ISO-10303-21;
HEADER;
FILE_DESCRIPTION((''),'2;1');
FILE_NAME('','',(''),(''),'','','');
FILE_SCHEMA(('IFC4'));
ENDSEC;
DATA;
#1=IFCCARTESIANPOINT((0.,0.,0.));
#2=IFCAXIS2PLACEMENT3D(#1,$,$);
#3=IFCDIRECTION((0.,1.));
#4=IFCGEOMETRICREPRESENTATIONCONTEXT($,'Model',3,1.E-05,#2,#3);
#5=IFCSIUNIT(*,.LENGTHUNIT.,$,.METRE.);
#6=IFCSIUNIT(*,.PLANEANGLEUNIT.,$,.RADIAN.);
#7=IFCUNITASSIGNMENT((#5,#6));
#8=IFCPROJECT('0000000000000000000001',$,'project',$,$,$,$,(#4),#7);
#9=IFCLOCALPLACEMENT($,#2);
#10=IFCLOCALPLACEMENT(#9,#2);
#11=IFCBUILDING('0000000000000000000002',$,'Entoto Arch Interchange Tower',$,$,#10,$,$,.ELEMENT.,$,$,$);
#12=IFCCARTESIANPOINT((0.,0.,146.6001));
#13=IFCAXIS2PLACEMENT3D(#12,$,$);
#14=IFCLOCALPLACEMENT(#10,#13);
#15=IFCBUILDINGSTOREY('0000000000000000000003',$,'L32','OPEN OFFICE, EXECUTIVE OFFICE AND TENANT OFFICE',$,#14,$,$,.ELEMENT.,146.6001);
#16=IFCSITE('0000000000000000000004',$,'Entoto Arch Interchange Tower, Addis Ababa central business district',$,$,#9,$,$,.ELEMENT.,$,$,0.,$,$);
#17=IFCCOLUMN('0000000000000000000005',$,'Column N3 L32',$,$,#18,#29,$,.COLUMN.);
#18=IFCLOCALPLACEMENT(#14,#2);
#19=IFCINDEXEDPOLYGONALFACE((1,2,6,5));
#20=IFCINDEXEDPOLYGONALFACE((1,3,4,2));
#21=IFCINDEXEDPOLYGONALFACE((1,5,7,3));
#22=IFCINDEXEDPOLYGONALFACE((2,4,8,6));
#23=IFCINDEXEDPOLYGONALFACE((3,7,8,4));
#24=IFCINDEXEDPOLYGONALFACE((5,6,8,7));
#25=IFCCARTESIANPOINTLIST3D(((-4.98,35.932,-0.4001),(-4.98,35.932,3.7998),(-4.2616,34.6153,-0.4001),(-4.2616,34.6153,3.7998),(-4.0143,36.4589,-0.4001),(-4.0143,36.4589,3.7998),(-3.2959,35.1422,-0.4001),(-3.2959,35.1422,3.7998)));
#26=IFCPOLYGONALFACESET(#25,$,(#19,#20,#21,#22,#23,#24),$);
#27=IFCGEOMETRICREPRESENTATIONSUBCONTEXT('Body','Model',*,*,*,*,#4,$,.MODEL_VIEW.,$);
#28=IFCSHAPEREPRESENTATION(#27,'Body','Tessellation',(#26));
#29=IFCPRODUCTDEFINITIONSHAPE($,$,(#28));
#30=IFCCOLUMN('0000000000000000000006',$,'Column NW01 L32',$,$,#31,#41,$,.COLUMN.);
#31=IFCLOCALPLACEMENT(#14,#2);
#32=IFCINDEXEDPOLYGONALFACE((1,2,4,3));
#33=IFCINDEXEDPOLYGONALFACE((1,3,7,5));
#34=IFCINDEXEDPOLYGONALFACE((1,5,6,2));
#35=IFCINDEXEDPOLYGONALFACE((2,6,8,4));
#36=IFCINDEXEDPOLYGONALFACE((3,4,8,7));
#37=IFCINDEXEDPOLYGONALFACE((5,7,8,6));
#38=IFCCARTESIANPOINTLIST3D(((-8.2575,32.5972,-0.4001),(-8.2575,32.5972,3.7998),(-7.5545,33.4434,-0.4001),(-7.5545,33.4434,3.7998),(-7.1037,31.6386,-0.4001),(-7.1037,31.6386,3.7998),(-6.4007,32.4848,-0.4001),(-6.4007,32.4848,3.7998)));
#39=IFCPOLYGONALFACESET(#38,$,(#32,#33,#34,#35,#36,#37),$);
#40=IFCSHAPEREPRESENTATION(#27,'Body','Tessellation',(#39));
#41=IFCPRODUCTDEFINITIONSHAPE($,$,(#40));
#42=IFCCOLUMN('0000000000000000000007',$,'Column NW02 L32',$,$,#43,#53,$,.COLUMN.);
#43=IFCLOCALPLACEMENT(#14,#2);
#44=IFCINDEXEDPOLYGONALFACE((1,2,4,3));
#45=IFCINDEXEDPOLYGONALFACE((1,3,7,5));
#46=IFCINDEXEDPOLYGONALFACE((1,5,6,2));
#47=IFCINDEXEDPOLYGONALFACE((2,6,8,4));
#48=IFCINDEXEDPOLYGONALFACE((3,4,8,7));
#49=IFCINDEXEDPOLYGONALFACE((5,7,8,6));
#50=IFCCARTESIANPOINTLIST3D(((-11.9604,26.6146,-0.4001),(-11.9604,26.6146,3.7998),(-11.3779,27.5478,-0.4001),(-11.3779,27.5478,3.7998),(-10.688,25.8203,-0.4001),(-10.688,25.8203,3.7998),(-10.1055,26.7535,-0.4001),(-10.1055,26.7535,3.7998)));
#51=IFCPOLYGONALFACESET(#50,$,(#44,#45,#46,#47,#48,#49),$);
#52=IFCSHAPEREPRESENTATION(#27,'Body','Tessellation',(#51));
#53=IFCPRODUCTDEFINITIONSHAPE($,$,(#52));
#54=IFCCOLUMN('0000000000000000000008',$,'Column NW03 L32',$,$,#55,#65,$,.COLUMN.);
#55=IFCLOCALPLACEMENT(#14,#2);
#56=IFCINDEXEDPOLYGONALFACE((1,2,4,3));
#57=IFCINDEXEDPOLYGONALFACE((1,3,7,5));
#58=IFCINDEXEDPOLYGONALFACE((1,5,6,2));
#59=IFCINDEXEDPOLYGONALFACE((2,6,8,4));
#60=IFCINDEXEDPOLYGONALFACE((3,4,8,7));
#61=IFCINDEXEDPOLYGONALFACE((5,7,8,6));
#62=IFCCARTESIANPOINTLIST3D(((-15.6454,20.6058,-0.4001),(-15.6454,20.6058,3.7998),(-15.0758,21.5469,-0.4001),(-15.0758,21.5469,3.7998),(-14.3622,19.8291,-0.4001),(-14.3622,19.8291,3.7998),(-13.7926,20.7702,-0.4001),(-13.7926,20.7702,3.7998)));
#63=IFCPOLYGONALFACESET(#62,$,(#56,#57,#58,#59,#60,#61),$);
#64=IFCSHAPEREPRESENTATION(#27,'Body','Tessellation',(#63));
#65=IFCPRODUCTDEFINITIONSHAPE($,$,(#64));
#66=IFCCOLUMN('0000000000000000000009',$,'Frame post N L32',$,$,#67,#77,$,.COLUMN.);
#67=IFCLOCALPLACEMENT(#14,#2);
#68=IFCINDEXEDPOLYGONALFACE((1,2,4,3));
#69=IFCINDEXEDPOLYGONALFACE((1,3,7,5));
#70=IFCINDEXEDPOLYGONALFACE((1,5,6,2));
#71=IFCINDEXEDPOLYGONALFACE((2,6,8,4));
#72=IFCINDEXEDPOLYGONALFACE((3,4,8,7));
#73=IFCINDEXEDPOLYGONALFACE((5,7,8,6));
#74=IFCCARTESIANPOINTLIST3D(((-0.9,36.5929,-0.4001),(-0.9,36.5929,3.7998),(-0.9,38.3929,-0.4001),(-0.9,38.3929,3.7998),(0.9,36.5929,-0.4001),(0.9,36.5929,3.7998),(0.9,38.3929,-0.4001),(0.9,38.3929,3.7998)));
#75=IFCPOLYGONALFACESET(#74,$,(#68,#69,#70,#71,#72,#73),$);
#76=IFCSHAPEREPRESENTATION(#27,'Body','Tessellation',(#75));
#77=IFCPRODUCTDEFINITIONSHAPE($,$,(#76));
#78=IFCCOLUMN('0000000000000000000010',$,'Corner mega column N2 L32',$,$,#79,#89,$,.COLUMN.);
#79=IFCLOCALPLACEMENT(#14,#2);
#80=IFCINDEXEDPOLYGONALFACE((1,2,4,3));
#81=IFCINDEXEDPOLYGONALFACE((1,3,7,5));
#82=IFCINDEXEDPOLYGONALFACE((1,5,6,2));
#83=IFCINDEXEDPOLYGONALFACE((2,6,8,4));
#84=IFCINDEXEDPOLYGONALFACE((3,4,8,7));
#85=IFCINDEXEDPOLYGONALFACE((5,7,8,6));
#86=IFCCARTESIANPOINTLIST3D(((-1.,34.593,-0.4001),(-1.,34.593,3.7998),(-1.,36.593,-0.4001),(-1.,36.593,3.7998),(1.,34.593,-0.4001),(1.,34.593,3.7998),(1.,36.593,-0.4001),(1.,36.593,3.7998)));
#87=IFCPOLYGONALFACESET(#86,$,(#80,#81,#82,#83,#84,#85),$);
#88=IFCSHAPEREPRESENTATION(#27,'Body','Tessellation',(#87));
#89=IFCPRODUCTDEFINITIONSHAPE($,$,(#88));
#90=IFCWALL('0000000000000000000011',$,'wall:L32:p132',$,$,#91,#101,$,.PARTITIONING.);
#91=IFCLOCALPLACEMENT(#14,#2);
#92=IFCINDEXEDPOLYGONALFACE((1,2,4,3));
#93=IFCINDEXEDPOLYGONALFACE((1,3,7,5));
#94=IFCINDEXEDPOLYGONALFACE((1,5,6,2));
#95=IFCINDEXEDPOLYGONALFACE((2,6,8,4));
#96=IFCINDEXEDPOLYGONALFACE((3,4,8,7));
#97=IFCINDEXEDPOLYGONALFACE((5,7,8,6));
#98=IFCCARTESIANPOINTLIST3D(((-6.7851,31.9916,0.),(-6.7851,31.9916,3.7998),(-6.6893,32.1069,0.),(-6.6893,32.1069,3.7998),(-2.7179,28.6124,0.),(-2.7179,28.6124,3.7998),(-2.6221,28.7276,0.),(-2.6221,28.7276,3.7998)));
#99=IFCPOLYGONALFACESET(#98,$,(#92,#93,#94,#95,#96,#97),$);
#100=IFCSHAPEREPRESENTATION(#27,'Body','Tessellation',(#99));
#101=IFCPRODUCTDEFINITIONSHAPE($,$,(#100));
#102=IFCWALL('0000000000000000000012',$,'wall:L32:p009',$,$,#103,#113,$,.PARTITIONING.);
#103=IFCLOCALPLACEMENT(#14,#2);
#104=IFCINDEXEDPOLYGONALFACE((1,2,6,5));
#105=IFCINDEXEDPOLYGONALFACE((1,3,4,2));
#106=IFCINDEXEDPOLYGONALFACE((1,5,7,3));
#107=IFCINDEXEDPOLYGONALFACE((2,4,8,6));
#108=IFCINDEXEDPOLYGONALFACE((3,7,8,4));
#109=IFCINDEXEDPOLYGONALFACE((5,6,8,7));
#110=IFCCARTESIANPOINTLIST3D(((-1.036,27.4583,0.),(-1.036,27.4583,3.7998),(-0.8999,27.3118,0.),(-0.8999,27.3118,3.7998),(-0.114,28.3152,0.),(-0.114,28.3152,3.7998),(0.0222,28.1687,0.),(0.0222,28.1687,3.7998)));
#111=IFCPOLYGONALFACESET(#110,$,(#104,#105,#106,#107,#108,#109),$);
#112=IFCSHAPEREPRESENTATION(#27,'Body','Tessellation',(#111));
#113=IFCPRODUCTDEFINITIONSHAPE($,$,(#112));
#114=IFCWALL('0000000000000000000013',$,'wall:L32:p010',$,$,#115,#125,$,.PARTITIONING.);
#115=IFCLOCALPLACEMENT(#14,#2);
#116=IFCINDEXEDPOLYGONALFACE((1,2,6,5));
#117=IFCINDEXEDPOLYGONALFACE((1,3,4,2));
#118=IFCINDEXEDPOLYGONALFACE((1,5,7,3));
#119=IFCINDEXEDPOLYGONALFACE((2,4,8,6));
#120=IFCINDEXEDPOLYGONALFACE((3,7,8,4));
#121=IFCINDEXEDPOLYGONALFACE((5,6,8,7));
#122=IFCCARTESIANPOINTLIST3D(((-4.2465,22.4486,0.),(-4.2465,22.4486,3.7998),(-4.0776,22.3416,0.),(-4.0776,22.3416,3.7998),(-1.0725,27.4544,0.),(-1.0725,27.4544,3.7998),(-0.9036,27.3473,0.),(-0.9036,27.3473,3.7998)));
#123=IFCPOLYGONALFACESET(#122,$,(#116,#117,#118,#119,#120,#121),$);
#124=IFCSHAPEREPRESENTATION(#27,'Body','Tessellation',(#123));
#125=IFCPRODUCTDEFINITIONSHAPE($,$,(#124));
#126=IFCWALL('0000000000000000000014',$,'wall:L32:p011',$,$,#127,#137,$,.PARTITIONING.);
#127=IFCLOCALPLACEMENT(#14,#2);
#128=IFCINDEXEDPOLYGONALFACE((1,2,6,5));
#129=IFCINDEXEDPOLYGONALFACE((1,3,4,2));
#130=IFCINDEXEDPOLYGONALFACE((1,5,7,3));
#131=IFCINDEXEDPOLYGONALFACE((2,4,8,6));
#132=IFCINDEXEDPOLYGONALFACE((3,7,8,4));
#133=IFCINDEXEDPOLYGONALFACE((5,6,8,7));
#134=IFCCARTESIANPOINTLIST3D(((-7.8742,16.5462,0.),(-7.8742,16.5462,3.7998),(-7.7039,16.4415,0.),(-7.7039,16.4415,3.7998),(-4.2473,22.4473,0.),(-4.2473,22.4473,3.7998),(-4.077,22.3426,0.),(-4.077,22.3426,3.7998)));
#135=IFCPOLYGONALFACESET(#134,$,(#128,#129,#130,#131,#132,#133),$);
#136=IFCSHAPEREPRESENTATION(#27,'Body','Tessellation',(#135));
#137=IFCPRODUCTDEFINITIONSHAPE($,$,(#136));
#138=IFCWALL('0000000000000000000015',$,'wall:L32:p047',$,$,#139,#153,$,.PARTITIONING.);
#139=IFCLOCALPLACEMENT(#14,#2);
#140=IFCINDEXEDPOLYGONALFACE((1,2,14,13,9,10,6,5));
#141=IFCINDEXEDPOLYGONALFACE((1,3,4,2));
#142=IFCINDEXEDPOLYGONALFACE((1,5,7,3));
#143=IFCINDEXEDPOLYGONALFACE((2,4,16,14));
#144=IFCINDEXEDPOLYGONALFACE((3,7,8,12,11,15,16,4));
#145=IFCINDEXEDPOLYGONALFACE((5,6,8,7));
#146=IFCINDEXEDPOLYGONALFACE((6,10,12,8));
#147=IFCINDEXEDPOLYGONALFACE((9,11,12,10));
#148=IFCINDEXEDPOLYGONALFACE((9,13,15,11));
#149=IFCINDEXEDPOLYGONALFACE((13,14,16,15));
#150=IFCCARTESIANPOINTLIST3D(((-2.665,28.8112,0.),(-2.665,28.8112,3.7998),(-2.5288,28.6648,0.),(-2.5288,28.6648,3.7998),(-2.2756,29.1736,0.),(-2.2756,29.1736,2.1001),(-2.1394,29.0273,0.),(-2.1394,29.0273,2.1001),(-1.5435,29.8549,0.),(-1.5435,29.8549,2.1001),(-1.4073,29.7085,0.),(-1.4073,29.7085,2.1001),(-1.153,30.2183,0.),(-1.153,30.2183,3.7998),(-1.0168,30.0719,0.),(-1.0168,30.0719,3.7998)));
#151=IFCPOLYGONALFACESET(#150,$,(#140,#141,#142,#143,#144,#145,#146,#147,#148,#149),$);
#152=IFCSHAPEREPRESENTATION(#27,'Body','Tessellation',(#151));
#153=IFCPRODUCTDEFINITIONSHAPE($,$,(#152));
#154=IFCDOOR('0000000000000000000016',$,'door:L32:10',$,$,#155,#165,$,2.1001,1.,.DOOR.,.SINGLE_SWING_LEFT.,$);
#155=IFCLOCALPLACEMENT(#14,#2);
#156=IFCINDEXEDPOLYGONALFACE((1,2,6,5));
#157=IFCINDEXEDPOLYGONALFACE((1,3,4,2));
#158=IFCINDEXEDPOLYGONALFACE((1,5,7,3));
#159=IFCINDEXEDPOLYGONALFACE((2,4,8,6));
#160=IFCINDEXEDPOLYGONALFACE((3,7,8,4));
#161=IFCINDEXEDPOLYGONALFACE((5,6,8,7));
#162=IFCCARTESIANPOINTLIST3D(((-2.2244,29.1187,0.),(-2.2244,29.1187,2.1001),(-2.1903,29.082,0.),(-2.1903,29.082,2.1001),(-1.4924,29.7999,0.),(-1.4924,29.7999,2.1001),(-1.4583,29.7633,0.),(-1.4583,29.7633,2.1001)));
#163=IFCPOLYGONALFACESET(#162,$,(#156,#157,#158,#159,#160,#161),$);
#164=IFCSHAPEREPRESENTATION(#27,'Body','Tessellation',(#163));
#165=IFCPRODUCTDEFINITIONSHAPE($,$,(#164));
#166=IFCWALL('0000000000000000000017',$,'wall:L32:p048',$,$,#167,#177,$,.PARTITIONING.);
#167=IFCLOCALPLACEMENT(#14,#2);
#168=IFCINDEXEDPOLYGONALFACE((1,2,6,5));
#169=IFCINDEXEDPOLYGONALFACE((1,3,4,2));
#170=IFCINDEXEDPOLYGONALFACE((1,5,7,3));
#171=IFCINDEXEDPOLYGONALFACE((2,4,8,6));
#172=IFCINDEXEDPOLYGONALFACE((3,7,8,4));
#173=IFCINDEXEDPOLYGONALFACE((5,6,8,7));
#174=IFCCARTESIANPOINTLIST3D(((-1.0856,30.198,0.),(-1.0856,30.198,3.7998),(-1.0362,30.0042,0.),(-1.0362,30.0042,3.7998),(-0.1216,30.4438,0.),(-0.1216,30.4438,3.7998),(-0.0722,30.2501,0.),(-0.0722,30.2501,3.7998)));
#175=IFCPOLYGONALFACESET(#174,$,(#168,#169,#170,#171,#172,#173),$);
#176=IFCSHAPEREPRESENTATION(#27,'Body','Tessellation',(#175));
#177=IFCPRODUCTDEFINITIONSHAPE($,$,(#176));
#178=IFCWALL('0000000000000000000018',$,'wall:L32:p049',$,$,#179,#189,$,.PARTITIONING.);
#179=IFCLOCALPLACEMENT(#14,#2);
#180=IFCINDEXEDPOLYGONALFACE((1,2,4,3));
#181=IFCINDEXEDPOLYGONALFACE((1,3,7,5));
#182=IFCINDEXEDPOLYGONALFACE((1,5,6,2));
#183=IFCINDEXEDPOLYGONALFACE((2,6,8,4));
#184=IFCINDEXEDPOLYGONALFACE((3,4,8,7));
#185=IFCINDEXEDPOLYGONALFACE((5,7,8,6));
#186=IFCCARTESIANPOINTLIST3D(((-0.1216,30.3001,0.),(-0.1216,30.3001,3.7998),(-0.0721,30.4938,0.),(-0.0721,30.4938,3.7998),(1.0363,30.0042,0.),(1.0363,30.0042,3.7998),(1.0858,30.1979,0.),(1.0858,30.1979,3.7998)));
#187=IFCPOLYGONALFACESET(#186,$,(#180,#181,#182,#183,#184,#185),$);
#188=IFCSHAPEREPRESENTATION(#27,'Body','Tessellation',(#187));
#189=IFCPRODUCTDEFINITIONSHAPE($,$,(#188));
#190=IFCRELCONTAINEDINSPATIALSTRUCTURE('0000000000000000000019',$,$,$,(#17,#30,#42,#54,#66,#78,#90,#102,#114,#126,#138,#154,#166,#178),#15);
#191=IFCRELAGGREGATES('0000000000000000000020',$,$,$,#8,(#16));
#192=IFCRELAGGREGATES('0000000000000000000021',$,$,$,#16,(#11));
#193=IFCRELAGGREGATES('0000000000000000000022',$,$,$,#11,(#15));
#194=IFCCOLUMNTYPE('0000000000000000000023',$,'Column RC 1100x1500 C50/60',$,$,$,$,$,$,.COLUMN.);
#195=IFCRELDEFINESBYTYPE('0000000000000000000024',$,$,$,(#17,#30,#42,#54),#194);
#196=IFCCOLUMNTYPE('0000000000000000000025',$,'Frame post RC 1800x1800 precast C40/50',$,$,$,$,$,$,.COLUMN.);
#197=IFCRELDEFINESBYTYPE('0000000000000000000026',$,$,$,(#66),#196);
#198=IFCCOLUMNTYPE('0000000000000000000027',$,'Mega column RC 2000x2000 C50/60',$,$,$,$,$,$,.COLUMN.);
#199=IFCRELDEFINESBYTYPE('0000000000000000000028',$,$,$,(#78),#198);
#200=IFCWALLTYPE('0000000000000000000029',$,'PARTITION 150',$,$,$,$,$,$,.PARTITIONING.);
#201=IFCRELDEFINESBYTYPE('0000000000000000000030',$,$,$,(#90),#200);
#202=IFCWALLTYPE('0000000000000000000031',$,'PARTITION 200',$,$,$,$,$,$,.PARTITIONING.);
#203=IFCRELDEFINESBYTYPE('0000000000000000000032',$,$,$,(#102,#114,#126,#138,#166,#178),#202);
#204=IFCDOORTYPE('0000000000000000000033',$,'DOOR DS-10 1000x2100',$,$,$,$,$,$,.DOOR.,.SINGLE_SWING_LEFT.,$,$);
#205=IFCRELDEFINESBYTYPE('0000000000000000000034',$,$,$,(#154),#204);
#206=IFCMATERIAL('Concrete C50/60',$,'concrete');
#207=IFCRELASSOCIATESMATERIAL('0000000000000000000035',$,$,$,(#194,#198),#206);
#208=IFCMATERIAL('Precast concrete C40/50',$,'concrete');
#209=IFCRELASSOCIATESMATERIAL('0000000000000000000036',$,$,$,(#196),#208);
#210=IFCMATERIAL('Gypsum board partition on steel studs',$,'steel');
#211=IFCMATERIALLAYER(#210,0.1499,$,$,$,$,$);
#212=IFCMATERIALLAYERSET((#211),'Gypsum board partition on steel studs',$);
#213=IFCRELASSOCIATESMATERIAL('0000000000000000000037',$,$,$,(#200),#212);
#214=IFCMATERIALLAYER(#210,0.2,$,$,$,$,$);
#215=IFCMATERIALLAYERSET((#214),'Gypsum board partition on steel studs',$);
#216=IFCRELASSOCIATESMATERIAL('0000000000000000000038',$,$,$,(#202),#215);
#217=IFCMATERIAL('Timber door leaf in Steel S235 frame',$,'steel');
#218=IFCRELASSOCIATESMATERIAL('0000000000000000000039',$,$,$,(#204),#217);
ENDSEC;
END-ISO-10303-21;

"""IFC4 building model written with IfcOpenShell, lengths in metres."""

from ifc_helpers import new_model, si_unit, direction, frame, frame_2d, origin, origin_2d, place, context, subcontext, project, spatial, rectangle, extrude, material, layer, layer_set, material_profile, profile_set, type_object, element, fill, save


model = new_model("IFC4")

# Units and contexts
model_context = context("Model", 3, precision=1e-05, world=origin(), true_north=direction((0.0, 1.0)))
body_context = subcontext(model_context, "Body", "Model", "MODEL_VIEW")
ifc_project = project(units=[si_unit("LENGTHUNIT", "METRE"), si_unit("PLANEANGLEUNIT", "RADIAN")], contexts=[model_context])

# Site, building, storey
site_placement = place(None, origin())
site = spatial("IfcSite", under=ifc_project, at=site_placement, Name="Entoto Arch Interchange Tower, Addis Ababa central business district", CompositionType="ELEMENT", RefElevation=0.0)
building_placement = place(site_placement, origin())
building = spatial("IfcBuilding", under=site, at=building_placement, Name="Entoto Arch Interchange Tower", CompositionType="ELEMENT")
storey_placement = place(building_placement, frame((0.0, 0.0, 146.6001)))
storey = spatial("IfcBuildingStorey", under=building, at=storey_placement, Name="L32", Description="OPEN OFFICE, EXECUTIVE OFFICE AND TENANT OFFICE", CompositionType="ELEMENT", Elevation=146.6001)

# Columns
ifc_material_1 = material(Name="Concrete C50/60", Category="concrete")
ifc_material_profile_1 = material_profile(ifc_material_1, rectangle(XDim=1.1001, YDim=1.5, at=origin_2d()))
ifc_profile_set_1 = profile_set([ifc_material_profile_1], Name="Concrete C50/60")
column_type_1 = type_object("IfcColumnType", Name="Column RC 1100x1500 C50/60", PredefinedType="COLUMN", material=ifc_profile_set_1)
for number, where, z_axis, x_axis, name in (
    (1, (-4.1379, 35.5371, -0.4001), (0.0, 0.0, 1.0), (0.877833, 0.478968, 0.0), "Column N3 L32"),
    (2, (-7.3291, 32.541, -0.4001), (0.0, 0.0, 1.0), (0.63905, 0.769165, 0.0), "Column NW01 L32"),
    (3, (-11.033, 26.6841, -0.4001), (0.0, 0.0, 1.0), (0.529549, 0.848279, 0.0), "Column NW02 L32"),
    (4, (-14.719, 20.688, -0.4001), (0.0, 0.0, 1.0), (0.517803, 0.8555, 0.0), "Column NW03 L32"),
):
    element("IfcColumn", number, at=place(storey_placement, frame(where, z_axis=z_axis, x_axis=x_axis)), inside=storey, type_object=column_type_1, Name=name, PredefinedType="COLUMN", context=body_context, shape_type="SweptSolid", body=[
        extrude(rectangle(XDim=1.1001, YDim=1.5, at=origin_2d()), origin(), (0.0, 0.0, 1.0), 4.2),
    ])
ifc_material_2 = material(Name="Precast concrete C40/50", Category="concrete")
ifc_material_profile_2 = material_profile(ifc_material_2, rectangle(XDim=1.8, YDim=1.8, at=origin_2d()))
ifc_profile_set_2 = profile_set([ifc_material_profile_2], Name="Precast concrete C40/50")
column_type_2 = type_object("IfcColumnType", Name="Frame post RC 1800x1800 precast C40/50", PredefinedType="COLUMN", material=ifc_profile_set_2)
column_1_placement = place(storey_placement, frame((0.0, 37.4929, -0.4001), z_axis=(0.0, 0.0, 1.0), x_axis=(0.0, 1.0, 0.0)))
element("IfcColumn", 5, at=column_1_placement, inside=storey, type_object=column_type_2, Name="Frame post N L32", PredefinedType="COLUMN", context=body_context, shape_type="SweptSolid", body=[
    extrude(rectangle(XDim=1.8, YDim=1.8, at=origin_2d()), origin(), (0.0, 0.0, 1.0), 4.2),
])
ifc_material_profile_3 = material_profile(ifc_material_1, rectangle(XDim=2.0, YDim=2.0, at=origin_2d()))
ifc_profile_set_3 = profile_set([ifc_material_profile_3], Name="Concrete C50/60")
column_type_3 = type_object("IfcColumnType", Name="Mega column RC 2000x2000 C50/60", PredefinedType="COLUMN", material=ifc_profile_set_3)
column_2_placement = place(storey_placement, frame((0.0, 35.593, -0.4001), z_axis=(0.0, 0.0, 1.0), x_axis=(0.0, 1.0, 0.0)))
element("IfcColumn", 6, at=column_2_placement, inside=storey, type_object=column_type_3, Name="Corner mega column N2 L32", PredefinedType="COLUMN", context=body_context, shape_type="SweptSolid", body=[
    extrude(rectangle(XDim=2.0, YDim=2.0, at=origin_2d()), origin(), (0.0, 0.0, 1.0), 4.2),
])

# Walls
ifc_material_3 = material(Name="Gypsum board partition on steel studs", Category="steel")
ifc_layer_1 = layer(ifc_material_3, 0.1499)
ifc_layer_set_1 = layer_set([ifc_layer_1], Name="Gypsum board partition on steel studs")
wall_type_1 = type_object("IfcWallType", Name="PARTITION 150", PredefinedType="PARTITIONING", material=ifc_layer_set_1)
wall_1_placement = place(storey_placement, frame((-2.6699, 28.6699, 0.0), z_axis=(0.0, 0.0, 1.0), x_axis=(-0.769163, 0.639053, 0.0)))
element("IfcWall", 7, at=wall_1_placement, inside=storey, type_object=wall_type_1, Name="wall:L32:p132", PredefinedType="PARTITIONING", context=body_context, shape_type="SweptSolid", body=[
    extrude(rectangle(XDim=5.2878, YDim=0.1499, at=frame_2d((2.644, 0.0))), origin(), (0.0, 0.0, 1.0), 3.7998),
])
ifc_layer_2 = layer(ifc_material_3, 0.2)
ifc_layer_set_2 = layer_set([ifc_layer_2], Name="Gypsum board partition on steel studs")
wall_type_2 = type_object("IfcWallType", Name="PARTITION 200", PredefinedType="PARTITIONING", material=ifc_layer_set_2)
wall_2_placement = place(storey_placement, frame((-0.0459, 28.2419, 0.0), z_axis=(0.0, 0.0, 1.0), x_axis=(-0.732524, -0.680741, 0.0)))
element("IfcWall", 8, at=wall_2_placement, inside=storey, type_object=wall_type_2, Name="wall:L32:p009", PredefinedType="PARTITIONING", context=body_context, shape_type="SweptSolid", body=[
    extrude(rectangle(XDim=1.2588, YDim=0.2, at=frame_2d((0.6294, 0.0))), origin(), (0.0, 0.0, 1.0), 3.7998),
])
wall_3_placement = place(storey_placement, frame((-0.988, 27.4009, 0.0), z_axis=(0.0, 0.0, 1.0), x_axis=(-0.535497, -0.844537, 0.0)))
element("IfcWall", 9, at=wall_3_placement, inside=storey, type_object=wall_type_2, Name="wall:L32:p010", PredefinedType="PARTITIONING", context=body_context, shape_type="SweptSolid", body=[
    extrude(rectangle(XDim=5.9272, YDim=0.2, at=frame_2d((2.9636, 0.0))), origin(), (0.0, 0.0, 1.0), 3.7998),
])
wall_4_placement = place(storey_placement, frame((-4.1621, 22.395, 0.0), z_axis=(0.0, 0.0, 1.0), x_axis=(-0.523625, -0.851949, 0.0)))
element("IfcWall", 10, at=wall_4_placement, inside=storey, type_object=wall_type_2, Name="wall:L32:p011", PredefinedType="PARTITIONING", context=body_context, shape_type="SweptSolid", body=[
    extrude(rectangle(XDim=6.9265, YDim=0.2, at=frame_2d((3.4634, 0.0))), origin(), (0.0, 0.0, 1.0), 3.7998),
])

# Wall, opening, door
wall_5_placement = place(storey_placement, frame((-2.5969, 28.738, 0.0), z_axis=(0.0, 0.0, 1.0), x_axis=(0.732065, 0.681235, 0.0)))
wall_5 = element("IfcWall", 11, at=wall_5_placement, inside=storey, type_object=wall_type_2, Name="wall:L32:p047", PredefinedType="PARTITIONING", context=body_context, shape_type="SweptSolid", body=[
    extrude(rectangle(XDim=2.0654, YDim=0.2, at=frame_2d((1.0327, 0.0))), origin(), (0.0, 0.0, 1.0), 3.7998),
])
opening_1_placement = place(wall_5_placement, frame((0.532, 0.0, 0.0)))
opening_1 = element("IfcOpeningElement", 12, at=opening_1_placement, cuts=wall_5, PredefinedType="OPENING", context=body_context, shape_type="SweptSolid", body=[
    extrude(rectangle(XDim=1.0, YDim=2.1001, at=frame_2d((0.5, 1.05))), frame((0.0, 0.1099, 0.0), z_axis=(0.0, -1.0, 0.0), x_axis=(1.0, 0.0, 0.0)), (0.0, 0.0, 1.0), 0.22),
])
ifc_material_4 = material(Name="Timber door leaf in Steel S235 frame", Category="steel")
door_type = type_object("IfcDoorType", Name="DOOR DS-10 1000x2100", OperationType="SINGLE_SWING_LEFT", PredefinedType="DOOR", material=ifc_material_4)
door_1_placement = place(opening_1_placement, origin())
door_1 = element("IfcDoor", 13, at=door_1_placement, inside=storey, type_object=door_type, Name="door:L32:10", OperationType="SINGLE_SWING_LEFT", OverallHeight=2.1001, OverallWidth=1.0, PredefinedType="DOOR", context=body_context, shape_type="SweptSolid", body=[
    extrude(rectangle(XDim=1.0, YDim=2.1001, at=frame_2d((0.5, 1.05))), frame((0.0, 0.0249, 0.0), z_axis=(0.0, -1.0, 0.0), x_axis=(1.0, 0.0, 0.0)), (0.0, 0.0, 1.0), 0.05),
])
fill(opening_1, door_1)

# Walls
wall_6_placement = place(storey_placement, frame((-1.061, 30.1011, 0.0), z_axis=(0.0, 0.0, 1.0), x_axis=(0.968991, 0.247094, 0.0)))
element("IfcWall", 14, at=wall_6_placement, inside=storey, type_object=wall_type_2, Name="wall:L32:p048", PredefinedType="PARTITIONING", context=body_context, shape_type="SweptSolid", body=[
    extrude(rectangle(XDim=0.9949, YDim=0.2, at=frame_2d((0.4976, 0.0))), origin(), (0.0, 0.0, 1.0), 3.7998),
])
wall_7_placement = place(storey_placement, frame((-0.0969, 30.397, 0.0), z_axis=(0.0, 0.0, 1.0), x_axis=(0.968868, -0.247579, 0.0)))
element("IfcWall", 15, at=wall_7_placement, inside=storey, type_object=wall_type_2, Name="wall:L32:p049", PredefinedType="PARTITIONING", context=body_context, shape_type="SweptSolid", body=[
    extrude(rectangle(XDim=1.1951, YDim=0.2, at=frame_2d((0.5977, 0.0))), origin(), (0.0, 0.0, 1.0), 3.7998),
])

save(model, "model.ifc")
